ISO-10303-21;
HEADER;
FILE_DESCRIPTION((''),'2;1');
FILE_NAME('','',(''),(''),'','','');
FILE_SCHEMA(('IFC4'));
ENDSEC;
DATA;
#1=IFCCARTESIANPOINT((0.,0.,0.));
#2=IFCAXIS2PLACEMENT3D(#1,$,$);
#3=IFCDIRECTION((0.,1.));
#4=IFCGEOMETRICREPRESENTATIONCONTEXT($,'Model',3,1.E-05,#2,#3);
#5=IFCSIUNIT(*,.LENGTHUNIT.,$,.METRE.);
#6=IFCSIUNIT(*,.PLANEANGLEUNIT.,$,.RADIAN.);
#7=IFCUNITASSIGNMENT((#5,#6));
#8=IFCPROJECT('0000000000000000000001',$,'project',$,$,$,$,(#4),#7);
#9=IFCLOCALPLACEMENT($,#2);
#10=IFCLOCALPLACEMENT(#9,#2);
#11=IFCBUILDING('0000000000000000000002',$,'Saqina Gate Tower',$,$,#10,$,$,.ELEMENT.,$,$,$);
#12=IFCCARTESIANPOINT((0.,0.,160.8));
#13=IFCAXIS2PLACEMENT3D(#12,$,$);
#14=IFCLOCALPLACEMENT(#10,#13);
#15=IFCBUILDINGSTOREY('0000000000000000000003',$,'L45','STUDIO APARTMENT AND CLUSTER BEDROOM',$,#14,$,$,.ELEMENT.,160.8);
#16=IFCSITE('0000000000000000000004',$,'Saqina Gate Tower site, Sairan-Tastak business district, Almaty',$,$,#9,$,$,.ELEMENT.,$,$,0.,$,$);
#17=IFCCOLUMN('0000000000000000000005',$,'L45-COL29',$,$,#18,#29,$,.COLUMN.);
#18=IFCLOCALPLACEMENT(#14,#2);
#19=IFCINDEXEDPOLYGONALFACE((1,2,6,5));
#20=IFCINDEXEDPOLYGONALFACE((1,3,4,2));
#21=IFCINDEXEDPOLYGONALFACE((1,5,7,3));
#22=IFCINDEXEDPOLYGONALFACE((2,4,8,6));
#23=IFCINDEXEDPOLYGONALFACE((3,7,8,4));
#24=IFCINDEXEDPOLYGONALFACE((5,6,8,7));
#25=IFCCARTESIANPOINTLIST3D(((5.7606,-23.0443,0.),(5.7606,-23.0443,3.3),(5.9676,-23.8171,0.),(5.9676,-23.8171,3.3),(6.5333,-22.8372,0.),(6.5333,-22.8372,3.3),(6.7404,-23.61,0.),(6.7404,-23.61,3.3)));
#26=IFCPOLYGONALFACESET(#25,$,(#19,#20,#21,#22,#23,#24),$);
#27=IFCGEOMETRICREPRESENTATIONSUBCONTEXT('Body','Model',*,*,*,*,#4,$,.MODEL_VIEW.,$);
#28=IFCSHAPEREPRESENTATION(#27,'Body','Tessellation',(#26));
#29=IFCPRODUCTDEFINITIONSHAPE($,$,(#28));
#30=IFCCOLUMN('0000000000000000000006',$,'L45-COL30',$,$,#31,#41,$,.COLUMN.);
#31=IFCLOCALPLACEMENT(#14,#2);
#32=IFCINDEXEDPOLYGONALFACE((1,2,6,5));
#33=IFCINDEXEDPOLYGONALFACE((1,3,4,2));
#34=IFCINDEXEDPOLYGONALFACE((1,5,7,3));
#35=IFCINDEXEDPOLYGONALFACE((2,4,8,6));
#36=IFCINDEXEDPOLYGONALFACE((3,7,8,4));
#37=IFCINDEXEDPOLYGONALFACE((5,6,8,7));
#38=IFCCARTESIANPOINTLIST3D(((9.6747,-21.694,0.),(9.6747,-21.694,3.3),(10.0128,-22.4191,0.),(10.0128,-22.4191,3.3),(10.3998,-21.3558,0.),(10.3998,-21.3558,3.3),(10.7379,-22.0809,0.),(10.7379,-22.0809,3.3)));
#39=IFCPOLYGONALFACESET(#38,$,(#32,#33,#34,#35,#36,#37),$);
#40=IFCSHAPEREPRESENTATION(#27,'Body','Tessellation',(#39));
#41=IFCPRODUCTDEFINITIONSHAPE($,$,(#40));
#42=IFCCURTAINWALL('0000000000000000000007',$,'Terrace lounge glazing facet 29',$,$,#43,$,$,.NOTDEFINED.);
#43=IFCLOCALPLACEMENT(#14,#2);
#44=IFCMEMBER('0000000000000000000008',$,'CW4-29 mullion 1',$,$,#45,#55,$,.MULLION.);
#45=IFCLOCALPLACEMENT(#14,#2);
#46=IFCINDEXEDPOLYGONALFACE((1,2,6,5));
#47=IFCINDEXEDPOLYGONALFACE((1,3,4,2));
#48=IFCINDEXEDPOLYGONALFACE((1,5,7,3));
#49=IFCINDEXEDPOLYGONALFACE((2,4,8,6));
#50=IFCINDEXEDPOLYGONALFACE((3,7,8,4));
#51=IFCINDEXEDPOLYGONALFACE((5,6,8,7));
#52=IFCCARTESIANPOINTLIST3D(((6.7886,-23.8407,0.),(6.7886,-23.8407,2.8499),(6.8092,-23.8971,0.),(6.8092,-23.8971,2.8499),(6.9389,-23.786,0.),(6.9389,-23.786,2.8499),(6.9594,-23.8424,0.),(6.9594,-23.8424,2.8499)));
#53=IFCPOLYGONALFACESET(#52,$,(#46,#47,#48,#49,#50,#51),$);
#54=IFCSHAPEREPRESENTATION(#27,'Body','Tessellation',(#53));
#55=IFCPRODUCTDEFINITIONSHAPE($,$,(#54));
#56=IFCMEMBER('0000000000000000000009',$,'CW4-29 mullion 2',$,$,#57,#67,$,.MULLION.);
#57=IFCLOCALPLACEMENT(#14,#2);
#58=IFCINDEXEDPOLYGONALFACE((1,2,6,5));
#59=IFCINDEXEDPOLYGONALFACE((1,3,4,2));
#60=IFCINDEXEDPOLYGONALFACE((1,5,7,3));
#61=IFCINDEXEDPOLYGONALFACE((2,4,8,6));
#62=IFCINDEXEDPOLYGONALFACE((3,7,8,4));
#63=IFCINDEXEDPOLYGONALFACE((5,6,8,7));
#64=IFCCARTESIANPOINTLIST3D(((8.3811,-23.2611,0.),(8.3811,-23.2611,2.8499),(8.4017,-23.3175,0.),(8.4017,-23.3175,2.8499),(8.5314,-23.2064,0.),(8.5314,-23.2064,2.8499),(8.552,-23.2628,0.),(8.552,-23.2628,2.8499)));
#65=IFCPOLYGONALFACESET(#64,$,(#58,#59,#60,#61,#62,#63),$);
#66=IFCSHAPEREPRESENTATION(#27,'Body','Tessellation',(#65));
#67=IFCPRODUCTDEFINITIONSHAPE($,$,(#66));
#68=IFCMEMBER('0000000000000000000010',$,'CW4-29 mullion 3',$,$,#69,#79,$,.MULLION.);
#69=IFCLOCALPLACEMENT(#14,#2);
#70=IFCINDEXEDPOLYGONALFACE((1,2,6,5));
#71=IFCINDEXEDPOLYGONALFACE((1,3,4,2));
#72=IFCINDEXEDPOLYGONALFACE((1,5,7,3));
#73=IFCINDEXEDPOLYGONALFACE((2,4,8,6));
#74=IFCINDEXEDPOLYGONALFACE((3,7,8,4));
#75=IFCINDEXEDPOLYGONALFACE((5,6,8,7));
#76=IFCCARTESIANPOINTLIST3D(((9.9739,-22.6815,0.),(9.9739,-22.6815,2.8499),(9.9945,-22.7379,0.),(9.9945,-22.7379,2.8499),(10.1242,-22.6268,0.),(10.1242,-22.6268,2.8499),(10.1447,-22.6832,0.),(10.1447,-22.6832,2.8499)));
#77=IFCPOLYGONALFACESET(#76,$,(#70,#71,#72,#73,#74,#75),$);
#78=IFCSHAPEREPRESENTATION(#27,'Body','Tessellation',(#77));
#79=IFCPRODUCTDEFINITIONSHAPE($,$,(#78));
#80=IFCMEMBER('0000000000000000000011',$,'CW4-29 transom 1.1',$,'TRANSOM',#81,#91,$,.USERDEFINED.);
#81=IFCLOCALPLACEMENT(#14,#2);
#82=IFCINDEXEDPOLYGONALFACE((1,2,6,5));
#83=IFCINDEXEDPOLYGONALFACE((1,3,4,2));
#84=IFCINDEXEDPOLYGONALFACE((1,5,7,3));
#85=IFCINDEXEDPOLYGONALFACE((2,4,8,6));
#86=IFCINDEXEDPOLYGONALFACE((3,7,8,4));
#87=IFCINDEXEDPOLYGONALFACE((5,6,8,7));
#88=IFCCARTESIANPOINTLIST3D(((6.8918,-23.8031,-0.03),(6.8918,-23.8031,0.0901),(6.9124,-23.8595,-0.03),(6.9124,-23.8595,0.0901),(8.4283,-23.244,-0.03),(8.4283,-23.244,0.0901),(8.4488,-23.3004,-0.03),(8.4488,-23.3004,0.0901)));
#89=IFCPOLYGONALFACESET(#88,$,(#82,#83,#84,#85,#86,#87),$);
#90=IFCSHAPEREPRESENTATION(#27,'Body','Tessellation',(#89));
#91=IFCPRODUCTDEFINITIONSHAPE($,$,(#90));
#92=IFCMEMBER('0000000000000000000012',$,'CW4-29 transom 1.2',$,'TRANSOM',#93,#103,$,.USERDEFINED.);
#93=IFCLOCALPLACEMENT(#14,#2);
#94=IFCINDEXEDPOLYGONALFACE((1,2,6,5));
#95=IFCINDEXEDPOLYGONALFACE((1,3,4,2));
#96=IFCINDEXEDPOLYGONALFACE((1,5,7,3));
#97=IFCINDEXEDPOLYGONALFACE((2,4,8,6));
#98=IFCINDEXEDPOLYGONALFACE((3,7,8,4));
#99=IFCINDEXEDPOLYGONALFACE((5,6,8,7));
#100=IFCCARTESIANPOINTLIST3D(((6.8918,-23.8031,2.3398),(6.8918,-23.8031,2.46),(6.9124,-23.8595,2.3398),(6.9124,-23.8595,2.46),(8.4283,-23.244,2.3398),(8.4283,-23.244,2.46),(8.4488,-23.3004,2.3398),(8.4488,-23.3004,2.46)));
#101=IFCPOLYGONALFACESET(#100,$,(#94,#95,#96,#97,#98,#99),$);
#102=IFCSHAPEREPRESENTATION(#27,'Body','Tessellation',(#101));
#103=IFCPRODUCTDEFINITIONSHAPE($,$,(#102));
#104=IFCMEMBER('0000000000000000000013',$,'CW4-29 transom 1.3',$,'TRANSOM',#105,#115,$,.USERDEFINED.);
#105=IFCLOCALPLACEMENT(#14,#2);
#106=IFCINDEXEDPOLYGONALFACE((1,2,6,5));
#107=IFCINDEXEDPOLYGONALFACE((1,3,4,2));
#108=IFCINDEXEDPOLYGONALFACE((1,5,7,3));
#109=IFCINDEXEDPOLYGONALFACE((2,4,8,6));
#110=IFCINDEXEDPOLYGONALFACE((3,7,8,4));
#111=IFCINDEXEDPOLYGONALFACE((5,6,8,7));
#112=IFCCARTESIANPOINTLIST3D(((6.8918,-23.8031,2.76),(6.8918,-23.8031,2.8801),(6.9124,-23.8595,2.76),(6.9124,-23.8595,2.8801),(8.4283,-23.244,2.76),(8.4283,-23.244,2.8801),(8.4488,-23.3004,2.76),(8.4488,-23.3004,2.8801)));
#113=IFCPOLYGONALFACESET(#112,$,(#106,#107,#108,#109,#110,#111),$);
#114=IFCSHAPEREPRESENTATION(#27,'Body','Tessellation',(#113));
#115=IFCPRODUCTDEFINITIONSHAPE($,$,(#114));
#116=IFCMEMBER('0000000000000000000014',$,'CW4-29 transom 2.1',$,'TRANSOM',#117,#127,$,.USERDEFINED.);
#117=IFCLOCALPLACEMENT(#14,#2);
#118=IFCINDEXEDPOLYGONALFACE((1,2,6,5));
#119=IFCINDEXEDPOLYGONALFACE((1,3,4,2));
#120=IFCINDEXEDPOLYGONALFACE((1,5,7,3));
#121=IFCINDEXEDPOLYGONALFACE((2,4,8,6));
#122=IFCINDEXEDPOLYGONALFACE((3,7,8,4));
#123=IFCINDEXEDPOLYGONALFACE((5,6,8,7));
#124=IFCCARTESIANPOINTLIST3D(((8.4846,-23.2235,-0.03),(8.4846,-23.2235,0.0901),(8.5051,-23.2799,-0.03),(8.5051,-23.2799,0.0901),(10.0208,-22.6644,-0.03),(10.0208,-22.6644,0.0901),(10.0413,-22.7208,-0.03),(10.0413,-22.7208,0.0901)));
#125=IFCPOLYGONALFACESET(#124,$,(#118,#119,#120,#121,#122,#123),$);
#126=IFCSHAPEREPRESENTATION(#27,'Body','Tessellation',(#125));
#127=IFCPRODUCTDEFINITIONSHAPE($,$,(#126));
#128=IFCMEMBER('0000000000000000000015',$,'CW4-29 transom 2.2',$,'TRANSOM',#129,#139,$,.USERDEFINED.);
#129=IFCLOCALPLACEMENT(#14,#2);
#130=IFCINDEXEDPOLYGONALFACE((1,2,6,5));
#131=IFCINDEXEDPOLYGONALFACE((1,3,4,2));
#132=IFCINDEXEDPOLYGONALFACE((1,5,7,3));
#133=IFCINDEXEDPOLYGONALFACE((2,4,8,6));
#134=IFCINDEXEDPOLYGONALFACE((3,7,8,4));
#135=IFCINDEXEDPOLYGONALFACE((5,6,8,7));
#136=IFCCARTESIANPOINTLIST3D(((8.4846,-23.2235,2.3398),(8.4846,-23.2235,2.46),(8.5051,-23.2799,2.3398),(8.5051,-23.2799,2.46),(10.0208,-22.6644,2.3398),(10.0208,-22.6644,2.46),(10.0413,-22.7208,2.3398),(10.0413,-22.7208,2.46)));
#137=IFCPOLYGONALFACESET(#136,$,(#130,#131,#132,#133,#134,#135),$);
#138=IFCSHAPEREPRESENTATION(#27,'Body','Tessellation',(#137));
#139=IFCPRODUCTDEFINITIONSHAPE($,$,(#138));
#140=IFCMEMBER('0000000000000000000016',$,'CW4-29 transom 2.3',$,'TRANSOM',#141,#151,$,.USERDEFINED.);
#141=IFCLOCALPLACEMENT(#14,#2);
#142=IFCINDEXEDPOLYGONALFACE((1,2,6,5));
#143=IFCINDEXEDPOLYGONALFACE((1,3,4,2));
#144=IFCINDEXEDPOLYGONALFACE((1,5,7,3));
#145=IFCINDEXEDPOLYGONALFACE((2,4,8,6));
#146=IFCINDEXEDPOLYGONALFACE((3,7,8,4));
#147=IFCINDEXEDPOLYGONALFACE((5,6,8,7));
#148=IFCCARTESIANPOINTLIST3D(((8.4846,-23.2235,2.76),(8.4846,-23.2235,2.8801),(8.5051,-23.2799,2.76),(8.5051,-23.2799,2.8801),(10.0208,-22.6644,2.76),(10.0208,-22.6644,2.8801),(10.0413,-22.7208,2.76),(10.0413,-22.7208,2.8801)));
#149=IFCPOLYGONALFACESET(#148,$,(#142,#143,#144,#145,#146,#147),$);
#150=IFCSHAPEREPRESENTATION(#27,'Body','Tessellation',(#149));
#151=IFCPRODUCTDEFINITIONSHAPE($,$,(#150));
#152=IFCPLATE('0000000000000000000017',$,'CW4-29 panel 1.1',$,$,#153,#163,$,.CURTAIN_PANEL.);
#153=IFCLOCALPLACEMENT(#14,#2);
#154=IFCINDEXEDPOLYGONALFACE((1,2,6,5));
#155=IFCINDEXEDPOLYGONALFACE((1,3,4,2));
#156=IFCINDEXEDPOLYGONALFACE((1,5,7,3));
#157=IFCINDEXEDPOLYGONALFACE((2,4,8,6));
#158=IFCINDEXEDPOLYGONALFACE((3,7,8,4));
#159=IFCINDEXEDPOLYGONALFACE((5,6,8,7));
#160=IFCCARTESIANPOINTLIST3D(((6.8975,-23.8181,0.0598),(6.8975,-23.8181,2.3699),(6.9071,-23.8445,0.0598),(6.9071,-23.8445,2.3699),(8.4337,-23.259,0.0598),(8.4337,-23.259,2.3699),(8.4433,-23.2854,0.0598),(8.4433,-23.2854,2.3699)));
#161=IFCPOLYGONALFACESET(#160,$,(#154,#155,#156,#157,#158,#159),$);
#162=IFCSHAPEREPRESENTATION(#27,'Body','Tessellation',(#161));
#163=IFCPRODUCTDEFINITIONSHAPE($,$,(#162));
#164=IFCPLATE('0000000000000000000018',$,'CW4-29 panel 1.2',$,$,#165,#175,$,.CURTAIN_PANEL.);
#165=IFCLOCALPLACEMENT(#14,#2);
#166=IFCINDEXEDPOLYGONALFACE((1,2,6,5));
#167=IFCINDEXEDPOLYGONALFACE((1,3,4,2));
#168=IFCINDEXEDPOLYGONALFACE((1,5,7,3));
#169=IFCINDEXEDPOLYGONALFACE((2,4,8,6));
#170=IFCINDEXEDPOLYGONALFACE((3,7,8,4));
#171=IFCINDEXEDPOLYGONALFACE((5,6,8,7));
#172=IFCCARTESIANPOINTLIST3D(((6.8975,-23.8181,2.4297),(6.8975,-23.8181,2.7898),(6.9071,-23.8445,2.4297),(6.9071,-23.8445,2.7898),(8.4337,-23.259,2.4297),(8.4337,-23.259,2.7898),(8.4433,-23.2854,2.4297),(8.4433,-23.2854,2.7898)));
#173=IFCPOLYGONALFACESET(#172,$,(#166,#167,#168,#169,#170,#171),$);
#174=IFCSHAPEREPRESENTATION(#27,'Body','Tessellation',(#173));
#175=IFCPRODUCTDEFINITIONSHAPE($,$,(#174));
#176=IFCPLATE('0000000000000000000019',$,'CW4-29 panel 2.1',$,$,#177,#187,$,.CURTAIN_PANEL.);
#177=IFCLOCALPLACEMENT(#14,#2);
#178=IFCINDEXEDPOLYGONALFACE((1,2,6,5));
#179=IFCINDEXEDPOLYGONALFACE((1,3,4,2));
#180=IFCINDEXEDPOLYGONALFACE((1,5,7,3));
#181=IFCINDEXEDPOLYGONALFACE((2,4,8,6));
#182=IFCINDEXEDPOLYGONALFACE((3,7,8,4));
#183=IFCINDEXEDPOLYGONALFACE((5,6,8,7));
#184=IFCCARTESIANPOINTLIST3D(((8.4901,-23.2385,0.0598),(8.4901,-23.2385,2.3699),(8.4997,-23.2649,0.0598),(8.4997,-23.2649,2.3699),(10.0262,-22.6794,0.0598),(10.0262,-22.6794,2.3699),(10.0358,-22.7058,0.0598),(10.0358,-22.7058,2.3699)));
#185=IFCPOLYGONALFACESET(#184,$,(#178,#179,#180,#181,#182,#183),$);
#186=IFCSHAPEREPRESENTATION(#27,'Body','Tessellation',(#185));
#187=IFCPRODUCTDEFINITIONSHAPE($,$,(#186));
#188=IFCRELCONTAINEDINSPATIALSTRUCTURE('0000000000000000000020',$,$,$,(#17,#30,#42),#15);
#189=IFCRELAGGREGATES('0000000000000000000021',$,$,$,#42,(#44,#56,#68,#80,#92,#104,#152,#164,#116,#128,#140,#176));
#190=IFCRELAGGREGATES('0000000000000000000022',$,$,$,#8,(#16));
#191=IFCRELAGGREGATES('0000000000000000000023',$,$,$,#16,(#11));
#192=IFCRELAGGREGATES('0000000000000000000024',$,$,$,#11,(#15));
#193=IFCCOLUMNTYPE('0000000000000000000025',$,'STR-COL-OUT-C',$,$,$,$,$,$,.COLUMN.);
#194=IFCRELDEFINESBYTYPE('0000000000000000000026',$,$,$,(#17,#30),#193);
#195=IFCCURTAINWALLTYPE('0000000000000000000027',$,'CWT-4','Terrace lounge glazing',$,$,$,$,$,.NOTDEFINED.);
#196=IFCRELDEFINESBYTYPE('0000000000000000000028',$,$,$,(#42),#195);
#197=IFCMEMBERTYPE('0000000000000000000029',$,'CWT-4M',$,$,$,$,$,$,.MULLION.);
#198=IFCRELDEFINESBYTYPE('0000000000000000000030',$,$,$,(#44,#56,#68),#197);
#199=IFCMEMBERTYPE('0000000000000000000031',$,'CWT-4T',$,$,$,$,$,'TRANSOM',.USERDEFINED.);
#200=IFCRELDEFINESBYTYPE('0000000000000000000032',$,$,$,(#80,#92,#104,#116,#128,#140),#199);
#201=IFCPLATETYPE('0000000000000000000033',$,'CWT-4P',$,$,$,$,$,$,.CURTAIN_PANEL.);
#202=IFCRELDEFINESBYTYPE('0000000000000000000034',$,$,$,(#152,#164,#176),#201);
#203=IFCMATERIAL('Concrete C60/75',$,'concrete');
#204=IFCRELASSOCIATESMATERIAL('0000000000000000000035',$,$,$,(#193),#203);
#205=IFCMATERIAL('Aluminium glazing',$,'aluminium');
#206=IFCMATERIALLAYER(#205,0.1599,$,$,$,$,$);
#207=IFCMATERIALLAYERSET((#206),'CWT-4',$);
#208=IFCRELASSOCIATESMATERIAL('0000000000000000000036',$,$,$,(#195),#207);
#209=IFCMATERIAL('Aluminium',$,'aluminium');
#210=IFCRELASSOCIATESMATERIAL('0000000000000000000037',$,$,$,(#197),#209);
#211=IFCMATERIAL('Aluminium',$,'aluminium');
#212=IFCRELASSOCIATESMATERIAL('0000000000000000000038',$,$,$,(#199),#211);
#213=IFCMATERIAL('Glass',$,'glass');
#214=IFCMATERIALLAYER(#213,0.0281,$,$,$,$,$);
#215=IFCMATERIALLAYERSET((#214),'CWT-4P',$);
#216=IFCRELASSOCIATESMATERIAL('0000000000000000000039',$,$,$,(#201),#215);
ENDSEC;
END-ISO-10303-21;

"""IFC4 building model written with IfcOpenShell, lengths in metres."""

from ifc_helpers import new_model, si_unit, direction, frame, origin, origin_2d, place, context, subcontext, project, spatial, rectangle, extrude, material, layer, layer_set, material_profile, profile_set, type_object, element, aggregate, save


model = new_model("IFC4")

# Units and contexts
model_context = context("Model", 3, precision=1e-05, world=origin(), true_north=direction((0.0, 1.0)))
body_context = subcontext(model_context, "Body", "Model", "MODEL_VIEW")
ifc_project = project(units=[si_unit("LENGTHUNIT", "METRE"), si_unit("PLANEANGLEUNIT", "RADIAN")], contexts=[model_context])

# Site, building, storey
site_placement = place(None, origin())
site = spatial("IfcSite", under=ifc_project, at=site_placement, Name="Saqina Gate Tower site, Sairan-Tastak business district, Almaty", CompositionType="ELEMENT", RefElevation=0.0)
building_placement = place(site_placement, origin())
building = spatial("IfcBuilding", under=site, at=building_placement, Name="Saqina Gate Tower", CompositionType="ELEMENT")
storey_placement = place(building_placement, frame((0.0, 0.0, 160.8)))
storey = spatial("IfcBuildingStorey", under=building, at=storey_placement, Name="L45", Description="STUDIO APARTMENT AND CLUSTER BEDROOM", CompositionType="ELEMENT", Elevation=160.8)

# Columns
ifc_material_1 = material(Name="Concrete C60/75", Category="concrete")
ifc_material_profile_1 = material_profile(ifc_material_1, rectangle(XDim=0.8, YDim=0.8, at=origin_2d()), Name="RC 800x800")
ifc_profile_set_1 = profile_set([ifc_material_profile_1], Name="Concrete C60/75")
column_type = type_object("IfcColumnType", Name="STR-COL-OUT-C", PredefinedType="COLUMN", material=ifc_profile_set_1)
for number, where, z_axis, x_axis, name in (
    (1, (6.2505, -23.3271, 0.0), (0.0, 0.0, 1.0), (0.258819, -0.965926, 0.0), "L45-COL29"),
    (2, (10.2063, -21.8875, 0.0), (0.0, 0.0, 1.0), (0.422618, -0.906308, 0.0), "L45-COL30"),
):
    element("IfcColumn", number, at=place(storey_placement, frame(where, z_axis=z_axis, x_axis=x_axis)), inside=storey, type_object=column_type, Name=name, PredefinedType="COLUMN", context=body_context, shape_type="SweptSolid", body=[
        extrude(rectangle(XDim=0.8, YDim=0.8, at=origin_2d()), origin(), (0.0, 0.0, 1.0), 3.3),
    ])

# Curtain wall, members, plates
ifc_material_2 = material(Name="Aluminium glazing", Category="aluminium")
ifc_layer_1 = layer(ifc_material_2, 0.1599)
ifc_layer_set_1 = layer_set([ifc_layer_1], Name="CWT-4")
curtain_wall_type = type_object("IfcCurtainWallType", Name="CWT-4", Description="Terrace lounge glazing", PredefinedType="NOTDEFINED", material=ifc_layer_set_1)
curtain_wall_placement = place(storey_placement, origin())
curtain_wall = element("IfcCurtainWall", 3, at=curtain_wall_placement, inside=storey, type_object=curtain_wall_type, Name="Terrace lounge glazing facet 29", PredefinedType="NOTDEFINED")
ifc_material_3 = material(Name="Aluminium", Category="aluminium")
ifc_material_profile_2 = material_profile(ifc_material_3, rectangle(XDim=0.0601, YDim=0.1599, at=origin_2d()), Name="Aluminium 60x160")
ifc_profile_set_2 = profile_set([ifc_material_profile_2], Name="Aluminium")
member_type_1 = type_object("IfcMemberType", Name="CWT-4M", PredefinedType="MULLION", material=ifc_profile_set_2)
member_1_placement = place(storey_placement, frame((6.874, -23.8416, 0.0), z_axis=(0.0, 0.0, 1.0), x_axis=(-0.342025, 0.939691, 0.0)))
member_1 = element("IfcMember", 4, at=member_1_placement, type_object=member_type_1, Name="CW4-29 mullion 1", PredefinedType="MULLION", context=body_context, shape_type="SweptSolid", body=[
    extrude(rectangle(XDim=0.0601, YDim=0.1599, at=origin_2d()), origin(), (0.0, 0.0, 1.0), 2.8499),
])
member_2_placement = place(storey_placement, frame((8.4666, -23.262, 0.0), z_axis=(0.0, 0.0, 1.0), x_axis=(-0.342025, 0.939691, 0.0)))
member_2 = element("IfcMember", 5, at=member_2_placement, type_object=member_type_1, Name="CW4-29 mullion 2", PredefinedType="MULLION", context=body_context, shape_type="SweptSolid", body=[
    extrude(rectangle(XDim=0.0601, YDim=0.1599, at=origin_2d()), origin(), (0.0, 0.0, 1.0), 2.8499),
])
member_3_placement = place(storey_placement, frame((10.0593, -22.6824, 0.0), z_axis=(0.0, 0.0, 1.0), x_axis=(-0.342025, 0.939691, 0.0)))
member_3 = element("IfcMember", 6, at=member_3_placement, type_object=member_type_1, Name="CW4-29 mullion 3", PredefinedType="MULLION", context=body_context, shape_type="SweptSolid", body=[
    extrude(rectangle(XDim=0.0601, YDim=0.1599, at=origin_2d()), origin(), (0.0, 0.0, 1.0), 2.8499),
])
ifc_material_4 = material(Name="Aluminium", Category="aluminium")
ifc_material_profile_3 = material_profile(ifc_material_4, rectangle(XDim=0.0601, YDim=0.1201, at=origin_2d()), Name="Aluminium 60x120")
ifc_profile_set_3 = profile_set([ifc_material_profile_3], Name="Aluminium")
member_type_2 = type_object("IfcMemberType", Name="CWT-4T", ElementType="TRANSOM", PredefinedType="USERDEFINED", material=ifc_profile_set_3)
member_4_placement = place(storey_placement, frame((6.9021, -23.8313, 0.03), z_axis=(0.939715, 0.341959, 0.0), x_axis=(-0.341959, 0.939715, 0.0)))
member_4 = element("IfcMember", 7, at=member_4_placement, type_object=member_type_2, Name="CW4-29 transom 1.1", ObjectType="TRANSOM", PredefinedType="USERDEFINED", context=body_context, shape_type="SweptSolid", body=[
    extrude(rectangle(XDim=0.0601, YDim=0.1201, at=origin_2d()), origin(), (0.0, 0.0, 1.0), 1.635),
])
member_5_placement = place(storey_placement, frame((6.9021, -23.8313, 2.3999), z_axis=(0.939715, 0.341959, 0.0), x_axis=(-0.341959, 0.939715, 0.0)))
member_5 = element("IfcMember", 8, at=member_5_placement, type_object=member_type_2, Name="CW4-29 transom 1.2", ObjectType="TRANSOM", PredefinedType="USERDEFINED", context=body_context, shape_type="SweptSolid", body=[
    extrude(rectangle(XDim=0.0601, YDim=0.1201, at=origin_2d()), origin(), (0.0, 0.0, 1.0), 1.635),
])
member_6_placement = place(storey_placement, frame((6.9021, -23.8313, 2.8201), z_axis=(0.939715, 0.341959, 0.0), x_axis=(-0.341959, 0.939715, 0.0)))
member_6 = element("IfcMember", 9, at=member_6_placement, type_object=member_type_2, Name="CW4-29 transom 1.3", ObjectType="TRANSOM", PredefinedType="USERDEFINED", context=body_context, shape_type="SweptSolid", body=[
    extrude(rectangle(XDim=0.0601, YDim=0.1201, at=origin_2d()), origin(), (0.0, 0.0, 1.0), 1.635),
])
member_7_placement = place(storey_placement, frame((8.4949, -23.2517, 0.03), z_axis=(0.939697, 0.342007, 0.0), x_axis=(-0.342007, 0.939697, 0.0)))
member_7 = element("IfcMember", 10, at=member_7_placement, type_object=member_type_2, Name="CW4-29 transom 2.1", ObjectType="TRANSOM", PredefinedType="USERDEFINED", context=body_context, shape_type="SweptSolid", body=[
    extrude(rectangle(XDim=0.0601, YDim=0.1201, at=origin_2d()), origin(), (0.0, 0.0, 1.0), 1.6348),
])
member_8_placement = place(storey_placement, frame((8.4949, -23.2517, 2.3999), z_axis=(0.939697, 0.342007, 0.0), x_axis=(-0.342007, 0.939697, 0.0)))
member_8 = element("IfcMember", 11, at=member_8_placement, type_object=member_type_2, Name="CW4-29 transom 2.2", ObjectType="TRANSOM", PredefinedType="USERDEFINED", context=body_context, shape_type="SweptSolid", body=[
    extrude(rectangle(XDim=0.0601, YDim=0.1201, at=origin_2d()), origin(), (0.0, 0.0, 1.0), 1.6348),
])
member_9_placement = place(storey_placement, frame((8.4949, -23.2517, 2.8201), z_axis=(0.939697, 0.342007, 0.0), x_axis=(-0.342007, 0.939697, 0.0)))
member_9 = element("IfcMember", 12, at=member_9_placement, type_object=member_type_2, Name="CW4-29 transom 2.3", ObjectType="TRANSOM", PredefinedType="USERDEFINED", context=body_context, shape_type="SweptSolid", body=[
    extrude(rectangle(XDim=0.0601, YDim=0.1201, at=origin_2d()), origin(), (0.0, 0.0, 1.0), 1.6348),
])
ifc_material_5 = material(Name="Glass", Category="glass")
ifc_layer_2 = layer(ifc_material_5, 0.0281)
ifc_layer_set_2 = layer_set([ifc_layer_2], Name="CWT-4P")
plate_type = type_object("IfcPlateType", Name="CWT-4P", PredefinedType="CURTAIN_PANEL", material=ifc_layer_set_2)
plate_1_placement = place(storey_placement, frame((7.6704, -23.5518, 0.0598), z_axis=(0.0, 0.0, 1.0), x_axis=(0.939691, 0.342025, 0.0)))
plate_1 = element("IfcPlate", 13, at=plate_1_placement, type_object=plate_type, Name="CW4-29 panel 1.1", PredefinedType="CURTAIN_PANEL", context=body_context, shape_type="SweptSolid", body=[
    extrude(rectangle(XDim=1.6348, YDim=0.0281, at=origin_2d()), origin(), (0.0, 0.0, 1.0), 2.3101),
])
plate_2_placement = place(storey_placement, frame((7.6704, -23.5518, 2.4297), z_axis=(0.0, 0.0, 1.0), x_axis=(0.939691, 0.342025, 0.0)))
plate_2 = element("IfcPlate", 14, at=plate_2_placement, type_object=plate_type, Name="CW4-29 panel 1.2", PredefinedType="CURTAIN_PANEL", context=body_context, shape_type="SweptSolid", body=[
    extrude(rectangle(XDim=1.6348, YDim=0.0281, at=origin_2d()), origin(), (0.0, 0.0, 1.0), 0.3601),
])
plate_3_placement = place(storey_placement, frame((9.2629, -22.9722, 0.0598), z_axis=(0.0, 0.0, 1.0), x_axis=(0.939691, 0.342025, 0.0)))
plate_3 = element("IfcPlate", 15, at=plate_3_placement, type_object=plate_type, Name="CW4-29 panel 2.1", PredefinedType="CURTAIN_PANEL", context=body_context, shape_type="SweptSolid", body=[
    extrude(rectangle(XDim=1.6348, YDim=0.0281, at=origin_2d()), origin(), (0.0, 0.0, 1.0), 2.3101),
])
aggregate(curtain_wall, [member_1, member_2, member_3, member_4, member_5, member_6, plate_1, plate_2, member_7, member_8, member_9, plate_3])

save(model, "model.ifc")
